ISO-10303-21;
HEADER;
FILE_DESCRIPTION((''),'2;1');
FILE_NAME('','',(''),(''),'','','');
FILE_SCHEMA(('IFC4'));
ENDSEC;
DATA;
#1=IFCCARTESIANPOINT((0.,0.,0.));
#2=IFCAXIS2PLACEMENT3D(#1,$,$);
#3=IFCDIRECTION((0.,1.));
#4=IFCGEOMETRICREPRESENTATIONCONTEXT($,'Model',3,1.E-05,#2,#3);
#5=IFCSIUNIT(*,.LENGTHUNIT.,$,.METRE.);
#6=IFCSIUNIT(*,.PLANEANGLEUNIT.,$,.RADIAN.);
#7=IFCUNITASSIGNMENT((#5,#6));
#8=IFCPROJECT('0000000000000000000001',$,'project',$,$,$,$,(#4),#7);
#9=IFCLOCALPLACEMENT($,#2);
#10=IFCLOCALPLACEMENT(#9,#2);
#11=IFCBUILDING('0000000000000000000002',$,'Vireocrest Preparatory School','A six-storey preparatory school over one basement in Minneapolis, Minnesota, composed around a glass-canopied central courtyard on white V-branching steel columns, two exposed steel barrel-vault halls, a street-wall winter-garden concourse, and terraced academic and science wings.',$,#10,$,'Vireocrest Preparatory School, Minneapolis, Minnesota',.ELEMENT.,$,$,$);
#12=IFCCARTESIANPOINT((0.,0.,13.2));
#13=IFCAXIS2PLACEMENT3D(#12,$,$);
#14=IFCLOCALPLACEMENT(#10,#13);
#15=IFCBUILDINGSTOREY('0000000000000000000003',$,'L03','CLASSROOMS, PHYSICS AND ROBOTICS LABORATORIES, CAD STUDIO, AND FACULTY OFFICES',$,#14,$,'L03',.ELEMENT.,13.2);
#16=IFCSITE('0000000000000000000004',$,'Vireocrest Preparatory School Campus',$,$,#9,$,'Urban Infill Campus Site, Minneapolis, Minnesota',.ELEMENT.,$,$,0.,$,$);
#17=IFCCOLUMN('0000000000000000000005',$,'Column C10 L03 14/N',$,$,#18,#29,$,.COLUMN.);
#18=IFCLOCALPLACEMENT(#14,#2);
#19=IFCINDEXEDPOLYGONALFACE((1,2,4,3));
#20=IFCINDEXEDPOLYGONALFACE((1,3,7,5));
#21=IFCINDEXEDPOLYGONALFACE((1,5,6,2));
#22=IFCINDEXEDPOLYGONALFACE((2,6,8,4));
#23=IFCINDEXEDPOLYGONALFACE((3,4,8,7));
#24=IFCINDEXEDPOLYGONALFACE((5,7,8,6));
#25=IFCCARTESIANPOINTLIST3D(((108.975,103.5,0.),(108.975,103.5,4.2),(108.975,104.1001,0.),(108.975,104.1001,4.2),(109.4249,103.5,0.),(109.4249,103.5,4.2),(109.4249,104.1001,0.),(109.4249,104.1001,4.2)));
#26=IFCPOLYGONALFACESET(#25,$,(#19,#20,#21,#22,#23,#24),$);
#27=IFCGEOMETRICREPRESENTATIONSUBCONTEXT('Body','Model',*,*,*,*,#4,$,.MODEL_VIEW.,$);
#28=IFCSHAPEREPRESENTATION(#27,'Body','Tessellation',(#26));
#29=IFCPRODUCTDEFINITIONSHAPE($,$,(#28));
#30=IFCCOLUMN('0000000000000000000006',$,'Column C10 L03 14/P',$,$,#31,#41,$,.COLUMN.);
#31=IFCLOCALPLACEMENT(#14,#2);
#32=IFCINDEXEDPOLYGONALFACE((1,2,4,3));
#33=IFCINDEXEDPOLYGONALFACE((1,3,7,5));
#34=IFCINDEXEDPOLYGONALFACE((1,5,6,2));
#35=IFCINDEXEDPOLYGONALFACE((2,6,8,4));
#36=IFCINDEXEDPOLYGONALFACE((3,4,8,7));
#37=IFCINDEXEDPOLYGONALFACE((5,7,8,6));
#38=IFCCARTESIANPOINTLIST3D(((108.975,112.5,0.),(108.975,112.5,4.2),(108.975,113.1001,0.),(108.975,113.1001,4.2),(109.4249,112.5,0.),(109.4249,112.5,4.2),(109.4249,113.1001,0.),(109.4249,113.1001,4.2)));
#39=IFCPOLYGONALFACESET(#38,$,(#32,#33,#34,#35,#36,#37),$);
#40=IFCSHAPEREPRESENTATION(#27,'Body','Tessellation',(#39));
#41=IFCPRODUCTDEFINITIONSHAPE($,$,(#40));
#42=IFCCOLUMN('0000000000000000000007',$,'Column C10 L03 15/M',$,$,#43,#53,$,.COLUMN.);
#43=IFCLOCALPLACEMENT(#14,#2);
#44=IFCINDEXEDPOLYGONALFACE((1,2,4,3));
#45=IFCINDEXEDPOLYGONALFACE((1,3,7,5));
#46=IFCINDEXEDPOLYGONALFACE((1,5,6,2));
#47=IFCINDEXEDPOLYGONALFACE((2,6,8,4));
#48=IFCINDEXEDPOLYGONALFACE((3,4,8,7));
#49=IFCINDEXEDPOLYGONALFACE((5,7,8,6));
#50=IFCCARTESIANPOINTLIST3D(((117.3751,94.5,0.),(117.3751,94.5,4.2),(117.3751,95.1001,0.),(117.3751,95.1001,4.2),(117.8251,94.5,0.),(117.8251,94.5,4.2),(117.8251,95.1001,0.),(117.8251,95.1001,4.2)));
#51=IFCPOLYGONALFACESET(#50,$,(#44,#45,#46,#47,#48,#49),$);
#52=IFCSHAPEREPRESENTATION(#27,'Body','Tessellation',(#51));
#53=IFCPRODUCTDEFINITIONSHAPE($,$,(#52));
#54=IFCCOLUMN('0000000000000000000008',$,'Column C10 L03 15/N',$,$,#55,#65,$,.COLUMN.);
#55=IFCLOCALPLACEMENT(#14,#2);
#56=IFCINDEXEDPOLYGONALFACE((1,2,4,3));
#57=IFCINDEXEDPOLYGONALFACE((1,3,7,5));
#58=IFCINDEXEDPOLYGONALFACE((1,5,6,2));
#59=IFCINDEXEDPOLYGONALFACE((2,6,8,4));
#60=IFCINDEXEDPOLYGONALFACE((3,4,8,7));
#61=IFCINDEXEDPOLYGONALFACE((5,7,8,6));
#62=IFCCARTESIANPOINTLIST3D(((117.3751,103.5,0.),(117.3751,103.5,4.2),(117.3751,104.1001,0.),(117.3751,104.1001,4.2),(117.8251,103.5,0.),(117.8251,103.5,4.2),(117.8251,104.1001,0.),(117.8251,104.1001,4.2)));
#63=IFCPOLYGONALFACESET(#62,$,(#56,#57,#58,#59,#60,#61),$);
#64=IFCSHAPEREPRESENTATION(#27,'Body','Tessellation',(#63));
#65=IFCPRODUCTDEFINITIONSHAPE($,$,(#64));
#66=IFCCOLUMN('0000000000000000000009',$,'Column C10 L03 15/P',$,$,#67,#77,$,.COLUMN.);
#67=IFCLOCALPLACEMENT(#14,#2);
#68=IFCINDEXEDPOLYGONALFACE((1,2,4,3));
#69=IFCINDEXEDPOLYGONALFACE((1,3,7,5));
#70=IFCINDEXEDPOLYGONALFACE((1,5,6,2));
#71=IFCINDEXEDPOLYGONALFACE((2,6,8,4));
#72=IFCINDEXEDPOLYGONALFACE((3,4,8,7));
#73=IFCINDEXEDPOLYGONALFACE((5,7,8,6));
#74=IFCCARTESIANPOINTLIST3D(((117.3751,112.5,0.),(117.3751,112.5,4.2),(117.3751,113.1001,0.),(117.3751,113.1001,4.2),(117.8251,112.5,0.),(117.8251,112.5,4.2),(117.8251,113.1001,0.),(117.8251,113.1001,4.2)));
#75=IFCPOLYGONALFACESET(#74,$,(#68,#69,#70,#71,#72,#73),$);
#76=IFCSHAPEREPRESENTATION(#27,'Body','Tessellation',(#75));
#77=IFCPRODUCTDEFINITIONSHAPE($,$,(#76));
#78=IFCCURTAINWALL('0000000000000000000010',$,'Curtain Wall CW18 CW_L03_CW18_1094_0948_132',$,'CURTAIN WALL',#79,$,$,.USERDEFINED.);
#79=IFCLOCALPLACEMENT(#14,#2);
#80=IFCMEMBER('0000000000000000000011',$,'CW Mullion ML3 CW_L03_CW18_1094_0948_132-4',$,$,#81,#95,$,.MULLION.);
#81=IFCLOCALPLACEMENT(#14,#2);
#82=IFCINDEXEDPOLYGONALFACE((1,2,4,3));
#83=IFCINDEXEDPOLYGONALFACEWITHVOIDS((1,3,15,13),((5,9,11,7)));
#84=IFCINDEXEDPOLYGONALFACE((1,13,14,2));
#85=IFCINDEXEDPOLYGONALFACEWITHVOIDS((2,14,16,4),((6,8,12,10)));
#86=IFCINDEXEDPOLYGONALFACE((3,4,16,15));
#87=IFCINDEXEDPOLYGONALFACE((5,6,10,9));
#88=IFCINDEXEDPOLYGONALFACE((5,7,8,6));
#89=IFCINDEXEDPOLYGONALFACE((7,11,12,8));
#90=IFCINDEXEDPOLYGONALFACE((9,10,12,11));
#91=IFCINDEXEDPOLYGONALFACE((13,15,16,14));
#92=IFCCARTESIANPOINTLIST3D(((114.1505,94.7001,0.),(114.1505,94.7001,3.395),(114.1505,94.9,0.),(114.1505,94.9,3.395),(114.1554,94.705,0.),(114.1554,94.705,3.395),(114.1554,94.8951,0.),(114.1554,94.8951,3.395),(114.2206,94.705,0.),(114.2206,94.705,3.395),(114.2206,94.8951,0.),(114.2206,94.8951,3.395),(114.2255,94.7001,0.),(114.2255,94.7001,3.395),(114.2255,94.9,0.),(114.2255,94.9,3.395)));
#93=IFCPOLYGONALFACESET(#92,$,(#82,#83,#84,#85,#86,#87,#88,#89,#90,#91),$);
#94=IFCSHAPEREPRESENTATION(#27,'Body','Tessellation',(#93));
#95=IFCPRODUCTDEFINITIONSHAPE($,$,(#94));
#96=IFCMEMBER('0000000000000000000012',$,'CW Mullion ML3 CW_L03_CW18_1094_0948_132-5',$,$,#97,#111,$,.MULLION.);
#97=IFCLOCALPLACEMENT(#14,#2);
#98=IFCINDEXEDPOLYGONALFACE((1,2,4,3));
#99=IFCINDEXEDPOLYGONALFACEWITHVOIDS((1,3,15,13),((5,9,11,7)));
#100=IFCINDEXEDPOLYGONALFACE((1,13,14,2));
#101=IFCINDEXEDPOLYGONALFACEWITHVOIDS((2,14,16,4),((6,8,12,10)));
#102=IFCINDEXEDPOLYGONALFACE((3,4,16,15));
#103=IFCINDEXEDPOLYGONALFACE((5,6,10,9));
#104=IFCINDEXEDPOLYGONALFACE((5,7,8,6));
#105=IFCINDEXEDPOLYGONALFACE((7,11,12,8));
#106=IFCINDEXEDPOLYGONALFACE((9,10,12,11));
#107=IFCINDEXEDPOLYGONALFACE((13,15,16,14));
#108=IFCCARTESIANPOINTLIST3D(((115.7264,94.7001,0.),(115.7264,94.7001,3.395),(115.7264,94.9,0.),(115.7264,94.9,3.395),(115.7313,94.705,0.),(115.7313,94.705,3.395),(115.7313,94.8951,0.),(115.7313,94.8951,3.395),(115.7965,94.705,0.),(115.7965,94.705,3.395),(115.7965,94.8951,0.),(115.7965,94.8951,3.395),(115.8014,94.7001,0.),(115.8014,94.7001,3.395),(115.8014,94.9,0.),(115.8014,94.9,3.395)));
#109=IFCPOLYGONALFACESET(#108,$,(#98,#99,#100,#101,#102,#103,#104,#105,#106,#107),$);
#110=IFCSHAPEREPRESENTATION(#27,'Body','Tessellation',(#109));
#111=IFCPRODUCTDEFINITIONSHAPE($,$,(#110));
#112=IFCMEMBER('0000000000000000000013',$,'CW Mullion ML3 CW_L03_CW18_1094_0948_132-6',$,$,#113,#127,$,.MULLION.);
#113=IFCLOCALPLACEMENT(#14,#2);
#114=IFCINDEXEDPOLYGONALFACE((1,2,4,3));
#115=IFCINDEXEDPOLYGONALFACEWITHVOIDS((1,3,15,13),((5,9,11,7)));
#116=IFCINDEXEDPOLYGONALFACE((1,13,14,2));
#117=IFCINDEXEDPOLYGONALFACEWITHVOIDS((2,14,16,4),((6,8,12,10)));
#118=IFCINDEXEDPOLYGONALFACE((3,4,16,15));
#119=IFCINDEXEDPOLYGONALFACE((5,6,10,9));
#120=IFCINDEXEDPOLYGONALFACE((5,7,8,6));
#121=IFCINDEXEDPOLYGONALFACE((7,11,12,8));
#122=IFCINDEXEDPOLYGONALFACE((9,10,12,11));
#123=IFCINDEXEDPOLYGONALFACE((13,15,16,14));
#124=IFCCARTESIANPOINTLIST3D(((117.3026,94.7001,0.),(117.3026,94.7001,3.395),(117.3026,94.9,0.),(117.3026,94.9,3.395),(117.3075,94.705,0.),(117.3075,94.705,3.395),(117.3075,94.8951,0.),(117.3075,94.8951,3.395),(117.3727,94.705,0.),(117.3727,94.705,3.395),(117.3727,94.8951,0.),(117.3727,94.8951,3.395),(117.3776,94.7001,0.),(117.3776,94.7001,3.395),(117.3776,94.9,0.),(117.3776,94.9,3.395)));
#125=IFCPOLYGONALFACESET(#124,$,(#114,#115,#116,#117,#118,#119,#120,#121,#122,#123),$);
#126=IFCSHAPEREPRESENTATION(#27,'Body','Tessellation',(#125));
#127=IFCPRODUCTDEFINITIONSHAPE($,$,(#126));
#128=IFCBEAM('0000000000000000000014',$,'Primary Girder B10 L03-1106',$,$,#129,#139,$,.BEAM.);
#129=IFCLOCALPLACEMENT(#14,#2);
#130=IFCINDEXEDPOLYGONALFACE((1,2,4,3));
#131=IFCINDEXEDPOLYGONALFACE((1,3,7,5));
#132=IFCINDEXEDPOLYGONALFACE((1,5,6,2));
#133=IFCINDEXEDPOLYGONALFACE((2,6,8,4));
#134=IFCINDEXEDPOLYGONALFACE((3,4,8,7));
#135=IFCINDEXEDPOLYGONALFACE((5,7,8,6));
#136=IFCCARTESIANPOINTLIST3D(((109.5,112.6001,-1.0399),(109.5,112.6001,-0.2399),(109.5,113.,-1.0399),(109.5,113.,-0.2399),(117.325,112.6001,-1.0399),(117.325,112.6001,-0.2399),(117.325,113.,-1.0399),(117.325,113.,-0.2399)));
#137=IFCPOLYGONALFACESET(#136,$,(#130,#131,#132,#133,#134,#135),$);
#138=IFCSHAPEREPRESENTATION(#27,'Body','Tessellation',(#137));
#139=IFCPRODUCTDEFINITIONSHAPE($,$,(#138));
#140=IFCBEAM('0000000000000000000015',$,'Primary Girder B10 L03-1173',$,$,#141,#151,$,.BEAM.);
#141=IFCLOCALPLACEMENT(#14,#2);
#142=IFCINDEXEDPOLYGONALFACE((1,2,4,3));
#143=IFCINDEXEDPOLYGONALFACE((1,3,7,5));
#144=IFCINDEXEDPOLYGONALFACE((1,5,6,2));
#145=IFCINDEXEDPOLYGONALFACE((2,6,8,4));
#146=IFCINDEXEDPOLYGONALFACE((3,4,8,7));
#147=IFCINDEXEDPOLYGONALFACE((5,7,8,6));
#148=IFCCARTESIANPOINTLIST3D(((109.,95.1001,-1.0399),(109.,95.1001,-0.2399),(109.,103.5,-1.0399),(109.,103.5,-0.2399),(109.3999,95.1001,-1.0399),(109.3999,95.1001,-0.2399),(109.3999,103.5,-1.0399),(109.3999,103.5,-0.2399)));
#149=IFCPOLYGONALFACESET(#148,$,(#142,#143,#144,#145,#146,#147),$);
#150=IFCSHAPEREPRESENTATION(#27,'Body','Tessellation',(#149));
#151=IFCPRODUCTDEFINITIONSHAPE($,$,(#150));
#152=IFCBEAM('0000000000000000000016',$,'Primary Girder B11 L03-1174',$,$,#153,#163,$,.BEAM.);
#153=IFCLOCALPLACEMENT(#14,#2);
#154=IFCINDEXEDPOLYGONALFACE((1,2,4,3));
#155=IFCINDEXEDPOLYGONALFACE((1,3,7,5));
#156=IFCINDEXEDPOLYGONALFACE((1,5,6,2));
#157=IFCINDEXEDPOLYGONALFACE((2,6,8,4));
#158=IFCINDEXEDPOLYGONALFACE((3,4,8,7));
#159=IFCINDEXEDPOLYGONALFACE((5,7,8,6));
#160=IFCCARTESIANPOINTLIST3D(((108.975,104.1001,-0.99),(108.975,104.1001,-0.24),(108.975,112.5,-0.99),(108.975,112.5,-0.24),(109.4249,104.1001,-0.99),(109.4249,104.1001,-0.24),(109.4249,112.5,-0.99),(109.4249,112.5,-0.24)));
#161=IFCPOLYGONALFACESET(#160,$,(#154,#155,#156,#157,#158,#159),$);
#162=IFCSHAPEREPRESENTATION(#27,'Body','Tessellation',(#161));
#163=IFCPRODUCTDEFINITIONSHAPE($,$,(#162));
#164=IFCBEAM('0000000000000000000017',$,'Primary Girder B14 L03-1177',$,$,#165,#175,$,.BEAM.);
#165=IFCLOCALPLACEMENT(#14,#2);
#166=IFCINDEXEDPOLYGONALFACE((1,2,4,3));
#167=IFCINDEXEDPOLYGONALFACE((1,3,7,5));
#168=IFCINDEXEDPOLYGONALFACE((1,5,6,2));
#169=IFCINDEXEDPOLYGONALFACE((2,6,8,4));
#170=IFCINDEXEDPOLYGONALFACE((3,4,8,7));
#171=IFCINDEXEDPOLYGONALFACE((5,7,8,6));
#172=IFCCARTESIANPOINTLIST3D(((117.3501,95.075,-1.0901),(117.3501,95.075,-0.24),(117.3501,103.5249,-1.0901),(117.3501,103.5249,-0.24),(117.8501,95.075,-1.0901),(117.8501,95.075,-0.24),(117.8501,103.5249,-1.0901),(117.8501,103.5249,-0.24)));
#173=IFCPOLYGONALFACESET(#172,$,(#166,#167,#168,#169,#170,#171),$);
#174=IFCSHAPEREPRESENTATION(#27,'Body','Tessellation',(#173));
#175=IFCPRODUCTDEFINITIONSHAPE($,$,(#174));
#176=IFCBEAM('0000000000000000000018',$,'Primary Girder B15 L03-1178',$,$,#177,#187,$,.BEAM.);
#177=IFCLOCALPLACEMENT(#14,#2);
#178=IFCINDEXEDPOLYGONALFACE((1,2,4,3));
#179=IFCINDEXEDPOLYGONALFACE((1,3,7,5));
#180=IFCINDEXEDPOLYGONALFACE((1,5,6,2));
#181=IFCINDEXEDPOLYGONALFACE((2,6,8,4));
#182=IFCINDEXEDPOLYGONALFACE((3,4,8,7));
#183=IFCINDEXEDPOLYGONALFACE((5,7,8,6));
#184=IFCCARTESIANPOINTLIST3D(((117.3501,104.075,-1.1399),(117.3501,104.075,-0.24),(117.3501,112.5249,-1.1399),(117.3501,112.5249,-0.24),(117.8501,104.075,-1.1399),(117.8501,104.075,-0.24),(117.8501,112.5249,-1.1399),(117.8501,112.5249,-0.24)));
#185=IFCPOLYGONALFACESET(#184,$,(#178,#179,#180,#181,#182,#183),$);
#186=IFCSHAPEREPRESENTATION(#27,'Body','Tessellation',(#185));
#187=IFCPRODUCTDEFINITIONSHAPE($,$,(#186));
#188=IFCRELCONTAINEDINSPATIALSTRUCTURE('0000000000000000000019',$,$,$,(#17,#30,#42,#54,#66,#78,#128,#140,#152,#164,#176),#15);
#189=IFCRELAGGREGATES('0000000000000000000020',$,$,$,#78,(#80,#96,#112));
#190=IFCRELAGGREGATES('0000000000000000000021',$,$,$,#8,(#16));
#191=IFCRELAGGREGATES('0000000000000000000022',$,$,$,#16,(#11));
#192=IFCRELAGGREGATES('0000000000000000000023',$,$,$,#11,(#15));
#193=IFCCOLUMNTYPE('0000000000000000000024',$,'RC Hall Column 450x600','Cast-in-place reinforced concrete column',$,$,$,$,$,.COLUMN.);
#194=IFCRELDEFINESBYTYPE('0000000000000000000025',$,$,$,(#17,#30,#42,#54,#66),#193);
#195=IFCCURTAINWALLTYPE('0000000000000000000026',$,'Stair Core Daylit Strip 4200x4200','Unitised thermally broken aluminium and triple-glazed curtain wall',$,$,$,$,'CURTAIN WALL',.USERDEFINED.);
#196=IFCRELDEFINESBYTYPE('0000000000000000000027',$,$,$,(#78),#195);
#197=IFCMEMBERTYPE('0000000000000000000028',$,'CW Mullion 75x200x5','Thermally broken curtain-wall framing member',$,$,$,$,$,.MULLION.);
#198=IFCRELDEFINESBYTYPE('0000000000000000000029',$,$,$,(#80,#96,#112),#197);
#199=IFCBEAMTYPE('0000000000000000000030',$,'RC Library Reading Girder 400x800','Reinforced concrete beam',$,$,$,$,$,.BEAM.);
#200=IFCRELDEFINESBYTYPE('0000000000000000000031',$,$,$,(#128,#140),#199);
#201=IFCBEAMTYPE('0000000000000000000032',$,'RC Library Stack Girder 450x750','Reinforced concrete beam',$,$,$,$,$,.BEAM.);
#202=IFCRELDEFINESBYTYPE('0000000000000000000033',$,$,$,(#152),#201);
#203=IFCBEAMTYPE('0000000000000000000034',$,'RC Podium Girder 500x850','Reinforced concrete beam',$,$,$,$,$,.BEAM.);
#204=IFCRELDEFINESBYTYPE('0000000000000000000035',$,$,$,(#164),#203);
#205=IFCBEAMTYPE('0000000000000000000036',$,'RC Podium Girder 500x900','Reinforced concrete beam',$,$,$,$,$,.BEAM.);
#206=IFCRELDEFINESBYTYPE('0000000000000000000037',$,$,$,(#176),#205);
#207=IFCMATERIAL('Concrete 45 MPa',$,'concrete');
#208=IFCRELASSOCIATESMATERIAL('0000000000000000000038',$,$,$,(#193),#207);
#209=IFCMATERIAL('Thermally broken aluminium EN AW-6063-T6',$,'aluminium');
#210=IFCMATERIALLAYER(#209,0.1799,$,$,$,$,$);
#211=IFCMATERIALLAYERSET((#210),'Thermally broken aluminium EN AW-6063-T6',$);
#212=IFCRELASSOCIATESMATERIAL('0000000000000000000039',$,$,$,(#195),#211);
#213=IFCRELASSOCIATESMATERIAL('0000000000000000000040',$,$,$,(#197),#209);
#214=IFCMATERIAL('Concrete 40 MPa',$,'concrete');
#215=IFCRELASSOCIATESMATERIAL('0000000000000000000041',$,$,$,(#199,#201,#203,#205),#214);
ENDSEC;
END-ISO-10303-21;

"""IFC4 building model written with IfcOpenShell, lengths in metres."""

from ifc_helpers import new_model, si_unit, direction, frame, origin, origin_2d, place, context, subcontext, project, spatial, rectangle, hollow_rectangle, extrude, material, layer, layer_set, material_profile, profile_set, type_object, element, aggregate, save


model = new_model("IFC4")

# Units and contexts
model_context = context("Model", 3, precision=1e-05, world=origin(), true_north=direction((0.0, 1.0)))
body_context = subcontext(model_context, "Body", "Model", "MODEL_VIEW")
ifc_project = project(units=[si_unit("LENGTHUNIT", "METRE"), si_unit("PLANEANGLEUNIT", "RADIAN")], contexts=[model_context])

# Site, building, storey
site_placement = place(None, origin())
site = spatial("IfcSite", under=ifc_project, at=site_placement, Name="Vireocrest Preparatory School Campus", LongName="Urban Infill Campus Site, Minneapolis, Minnesota", CompositionType="ELEMENT", RefElevation=0.0)
building_placement = place(site_placement, origin())
building = spatial("IfcBuilding", under=site, at=building_placement, Name="Vireocrest Preparatory School", Description="A six-storey preparatory school over one basement in Minneapolis, Minnesota, composed around a glass-canopied central courtyard on white V-branching steel columns, two exposed steel barrel-vault halls, a street-wall winter-garden concourse, and terraced academic and science wings.", LongName="Vireocrest Preparatory School, Minneapolis, Minnesota", CompositionType="ELEMENT")
storey_placement = place(building_placement, frame((0.0, 0.0, 13.2)))
storey = spatial("IfcBuildingStorey", under=building, at=storey_placement, Name="L03", Description="CLASSROOMS, PHYSICS AND ROBOTICS LABORATORIES, CAD STUDIO, AND FACULTY OFFICES", LongName="L03", CompositionType="ELEMENT", Elevation=13.2)

# Columns
ifc_material_1 = material(Name="Concrete 45 MPa", Category="concrete")
ifc_material_profile_1 = material_profile(ifc_material_1, rectangle(XDim=0.45, YDim=0.6001, at=origin_2d()), Name="RC 450x600")
ifc_profile_set_1 = profile_set([ifc_material_profile_1], Name="Concrete 45 MPa")
column_type = type_object("IfcColumnType", Name="RC Hall Column 450x600", Description="Cast-in-place reinforced concrete column", PredefinedType="COLUMN", material=ifc_profile_set_1)
for number, where, z_axis, x_axis, name in (
    (1, (109.2, 103.8, 0.0), (0.0, 0.0, 1.0), (1.0, 0.0, 0.0), "Column C10 L03 14/N"),
    (2, (109.2, 112.8, 0.0), (0.0, 0.0, 1.0), (1.0, 0.0, 0.0), "Column C10 L03 14/P"),
    (3, (117.6001, 94.8, 0.0), (0.0, 0.0, 1.0), (1.0, 0.0, 0.0), "Column C10 L03 15/M"),
    (4, (117.6001, 103.8, 0.0), (0.0, 0.0, 1.0), (1.0, 0.0, 0.0), "Column C10 L03 15/N"),
    (5, (117.6001, 112.8, 0.0), (0.0, 0.0, 1.0), (1.0, 0.0, 0.0), "Column C10 L03 15/P"),
):
    element("IfcColumn", number, at=place(storey_placement, frame(where, z_axis=z_axis, x_axis=x_axis)), inside=storey, type_object=column_type, Name=name, PredefinedType="COLUMN", context=body_context, shape_type="SweptSolid", body=[
        extrude(rectangle(XDim=0.45, YDim=0.6001, at=origin_2d()), origin(), (0.0, 0.0, 1.0), 4.2),
    ])

# Curtain wall, members
ifc_material_2 = material(Name="Thermally broken aluminium EN AW-6063-T6", Category="aluminium")
ifc_layer_1 = layer(ifc_material_2, 0.1799)
ifc_layer_set_1 = layer_set([ifc_layer_1], Name="Thermally broken aluminium EN AW-6063-T6")
curtain_wall_type = type_object("IfcCurtainWallType", Name="Stair Core Daylit Strip 4200x4200", Description="Unitised thermally broken aluminium and triple-glazed curtain wall", ElementType="CURTAIN WALL", PredefinedType="USERDEFINED", material=ifc_layer_set_1)
curtain_wall_placement = place(storey_placement, origin())
curtain_wall = element("IfcCurtainWall", 6, at=curtain_wall_placement, inside=storey, type_object=curtain_wall_type, Name="Curtain Wall CW18 CW_L03_CW18_1094_0948_132", ObjectType="CURTAIN WALL", PredefinedType="USERDEFINED")
ifc_material_profile_2 = material_profile(ifc_material_2, hollow_rectangle(XDim=0.075, YDim=0.2, WallThickness=0.0049, at=origin_2d()), Name="ALU 75x200x5")
ifc_profile_set_2 = profile_set([ifc_material_profile_2], Name="Thermally broken aluminium EN AW-6063-T6")
member_type = type_object("IfcMemberType", Name="CW Mullion 75x200x5", Description="Thermally broken curtain-wall framing member", PredefinedType="MULLION", material=ifc_profile_set_2)
member_1_placement = place(storey_placement, frame((114.188, 94.8, 0.0), z_axis=(0.0, 0.0, 1.0), x_axis=(1.0, 0.0, 0.0)))
member_1 = element("IfcMember", 7, at=member_1_placement, type_object=member_type, Name="CW Mullion ML3 CW_L03_CW18_1094_0948_132-4", PredefinedType="MULLION", context=body_context, shape_type="SweptSolid", body=[
    extrude(hollow_rectangle(XDim=0.075, YDim=0.2, WallThickness=0.0049, at=origin_2d()), origin(), (0.0, 0.0, 1.0), 3.395),
])
member_2_placement = place(storey_placement, frame((115.7639, 94.8, 0.0), z_axis=(0.0, 0.0, 1.0), x_axis=(1.0, 0.0, 0.0)))
member_2 = element("IfcMember", 8, at=member_2_placement, type_object=member_type, Name="CW Mullion ML3 CW_L03_CW18_1094_0948_132-5", PredefinedType="MULLION", context=body_context, shape_type="SweptSolid", body=[
    extrude(hollow_rectangle(XDim=0.075, YDim=0.2, WallThickness=0.0049, at=origin_2d()), origin(), (0.0, 0.0, 1.0), 3.395),
])
member_3_placement = place(storey_placement, frame((117.3401, 94.8, 0.0), z_axis=(0.0, 0.0, 1.0), x_axis=(1.0, 0.0, 0.0)))
member_3 = element("IfcMember", 9, at=member_3_placement, type_object=member_type, Name="CW Mullion ML3 CW_L03_CW18_1094_0948_132-6", PredefinedType="MULLION", context=body_context, shape_type="SweptSolid", body=[
    extrude(hollow_rectangle(XDim=0.075, YDim=0.2, WallThickness=0.0049, at=origin_2d()), origin(), (0.0, 0.0, 1.0), 3.395),
])

# Beams
ifc_material_3 = material(Name="Concrete 40 MPa", Category="concrete")
ifc_material_profile_3 = material_profile(ifc_material_3, rectangle(XDim=0.3999, YDim=0.8, at=origin_2d()), Name="RC 400x800")
ifc_profile_set_3 = profile_set([ifc_material_profile_3], Name="Concrete 40 MPa")
beam_type_1 = type_object("IfcBeamType", Name="RC Library Reading Girder 400x800", Description="Reinforced concrete beam", PredefinedType="BEAM", material=ifc_profile_set_3)
beam_1_placement = place(storey_placement, frame((109.5, 112.8, -0.6399), z_axis=(1.0, 0.0, 0.0), x_axis=(0.0, 1.0, 0.0)))
element("IfcBeam", 10, at=beam_1_placement, inside=storey, type_object=beam_type_1, Name="Primary Girder B10 L03-1106", PredefinedType="BEAM", context=body_context, shape_type="SweptSolid", body=[
    extrude(rectangle(XDim=0.3999, YDim=0.8, at=origin_2d()), origin(), (0.0, 0.0, 1.0), 7.825),
])
beam_2_placement = place(storey_placement, frame((109.2, 95.1001, -0.6399), z_axis=(0.0, 1.0, 0.0), x_axis=(-1.0, 0.0, 0.0)))
element("IfcBeam", 11, at=beam_2_placement, inside=storey, type_object=beam_type_1, Name="Primary Girder B10 L03-1173", PredefinedType="BEAM", context=body_context, shape_type="SweptSolid", body=[
    extrude(rectangle(XDim=0.3999, YDim=0.8, at=origin_2d()), origin(), (0.0, 0.0, 1.0), 8.3999),
])
ifc_material_profile_4 = material_profile(ifc_material_3, rectangle(XDim=0.45, YDim=0.75, at=origin_2d()), Name="RC 450x750")
ifc_profile_set_4 = profile_set([ifc_material_profile_4], Name="Concrete 40 MPa")
beam_type_2 = type_object("IfcBeamType", Name="RC Library Stack Girder 450x750", Description="Reinforced concrete beam", PredefinedType="BEAM", material=ifc_profile_set_4)
beam_3_placement = place(storey_placement, frame((109.2, 104.1001, -0.615), z_axis=(0.0, 1.0, 0.0), x_axis=(-1.0, 0.0, 0.0)))
element("IfcBeam", 12, at=beam_3_placement, inside=storey, type_object=beam_type_2, Name="Primary Girder B11 L03-1174", PredefinedType="BEAM", context=body_context, shape_type="SweptSolid", body=[
    extrude(rectangle(XDim=0.45, YDim=0.75, at=origin_2d()), origin(), (0.0, 0.0, 1.0), 8.3999),
])
ifc_material_profile_5 = material_profile(ifc_material_3, rectangle(XDim=0.5, YDim=0.8501, at=origin_2d()), Name="RC 500x850")
ifc_profile_set_5 = profile_set([ifc_material_profile_5], Name="Concrete 40 MPa")
beam_type_3 = type_object("IfcBeamType", Name="RC Podium Girder 500x850", Description="Reinforced concrete beam", PredefinedType="BEAM", material=ifc_profile_set_5)
beam_4_placement = place(storey_placement, frame((117.6001, 95.075, -0.665), z_axis=(0.0, 1.0, 0.0), x_axis=(-1.0, 0.0, 0.0)))
element("IfcBeam", 13, at=beam_4_placement, inside=storey, type_object=beam_type_3, Name="Primary Girder B14 L03-1177", PredefinedType="BEAM", context=body_context, shape_type="SweptSolid", body=[
    extrude(rectangle(XDim=0.5, YDim=0.8501, at=origin_2d()), origin(), (0.0, 0.0, 1.0), 8.45),
])
ifc_material_profile_6 = material_profile(ifc_material_3, rectangle(XDim=0.5, YDim=0.8999, at=origin_2d()), Name="RC 500x900")
ifc_profile_set_6 = profile_set([ifc_material_profile_6], Name="Concrete 40 MPa")
beam_type_4 = type_object("IfcBeamType", Name="RC Podium Girder 500x900", Description="Reinforced concrete beam", PredefinedType="BEAM", material=ifc_profile_set_6)
beam_5_placement = place(storey_placement, frame((117.6001, 104.075, -0.6899), z_axis=(0.0, 1.0, 0.0), x_axis=(-1.0, 0.0, 0.0)))
element("IfcBeam", 14, at=beam_5_placement, inside=storey, type_object=beam_type_4, Name="Primary Girder B15 L03-1178", PredefinedType="BEAM", context=body_context, shape_type="SweptSolid", body=[
    extrude(rectangle(XDim=0.5, YDim=0.8999, at=origin_2d()), origin(), (0.0, 0.0, 1.0), 8.45),
])

aggregate(curtain_wall, [member_1, member_2, member_3])

save(model, "model.ifc")
